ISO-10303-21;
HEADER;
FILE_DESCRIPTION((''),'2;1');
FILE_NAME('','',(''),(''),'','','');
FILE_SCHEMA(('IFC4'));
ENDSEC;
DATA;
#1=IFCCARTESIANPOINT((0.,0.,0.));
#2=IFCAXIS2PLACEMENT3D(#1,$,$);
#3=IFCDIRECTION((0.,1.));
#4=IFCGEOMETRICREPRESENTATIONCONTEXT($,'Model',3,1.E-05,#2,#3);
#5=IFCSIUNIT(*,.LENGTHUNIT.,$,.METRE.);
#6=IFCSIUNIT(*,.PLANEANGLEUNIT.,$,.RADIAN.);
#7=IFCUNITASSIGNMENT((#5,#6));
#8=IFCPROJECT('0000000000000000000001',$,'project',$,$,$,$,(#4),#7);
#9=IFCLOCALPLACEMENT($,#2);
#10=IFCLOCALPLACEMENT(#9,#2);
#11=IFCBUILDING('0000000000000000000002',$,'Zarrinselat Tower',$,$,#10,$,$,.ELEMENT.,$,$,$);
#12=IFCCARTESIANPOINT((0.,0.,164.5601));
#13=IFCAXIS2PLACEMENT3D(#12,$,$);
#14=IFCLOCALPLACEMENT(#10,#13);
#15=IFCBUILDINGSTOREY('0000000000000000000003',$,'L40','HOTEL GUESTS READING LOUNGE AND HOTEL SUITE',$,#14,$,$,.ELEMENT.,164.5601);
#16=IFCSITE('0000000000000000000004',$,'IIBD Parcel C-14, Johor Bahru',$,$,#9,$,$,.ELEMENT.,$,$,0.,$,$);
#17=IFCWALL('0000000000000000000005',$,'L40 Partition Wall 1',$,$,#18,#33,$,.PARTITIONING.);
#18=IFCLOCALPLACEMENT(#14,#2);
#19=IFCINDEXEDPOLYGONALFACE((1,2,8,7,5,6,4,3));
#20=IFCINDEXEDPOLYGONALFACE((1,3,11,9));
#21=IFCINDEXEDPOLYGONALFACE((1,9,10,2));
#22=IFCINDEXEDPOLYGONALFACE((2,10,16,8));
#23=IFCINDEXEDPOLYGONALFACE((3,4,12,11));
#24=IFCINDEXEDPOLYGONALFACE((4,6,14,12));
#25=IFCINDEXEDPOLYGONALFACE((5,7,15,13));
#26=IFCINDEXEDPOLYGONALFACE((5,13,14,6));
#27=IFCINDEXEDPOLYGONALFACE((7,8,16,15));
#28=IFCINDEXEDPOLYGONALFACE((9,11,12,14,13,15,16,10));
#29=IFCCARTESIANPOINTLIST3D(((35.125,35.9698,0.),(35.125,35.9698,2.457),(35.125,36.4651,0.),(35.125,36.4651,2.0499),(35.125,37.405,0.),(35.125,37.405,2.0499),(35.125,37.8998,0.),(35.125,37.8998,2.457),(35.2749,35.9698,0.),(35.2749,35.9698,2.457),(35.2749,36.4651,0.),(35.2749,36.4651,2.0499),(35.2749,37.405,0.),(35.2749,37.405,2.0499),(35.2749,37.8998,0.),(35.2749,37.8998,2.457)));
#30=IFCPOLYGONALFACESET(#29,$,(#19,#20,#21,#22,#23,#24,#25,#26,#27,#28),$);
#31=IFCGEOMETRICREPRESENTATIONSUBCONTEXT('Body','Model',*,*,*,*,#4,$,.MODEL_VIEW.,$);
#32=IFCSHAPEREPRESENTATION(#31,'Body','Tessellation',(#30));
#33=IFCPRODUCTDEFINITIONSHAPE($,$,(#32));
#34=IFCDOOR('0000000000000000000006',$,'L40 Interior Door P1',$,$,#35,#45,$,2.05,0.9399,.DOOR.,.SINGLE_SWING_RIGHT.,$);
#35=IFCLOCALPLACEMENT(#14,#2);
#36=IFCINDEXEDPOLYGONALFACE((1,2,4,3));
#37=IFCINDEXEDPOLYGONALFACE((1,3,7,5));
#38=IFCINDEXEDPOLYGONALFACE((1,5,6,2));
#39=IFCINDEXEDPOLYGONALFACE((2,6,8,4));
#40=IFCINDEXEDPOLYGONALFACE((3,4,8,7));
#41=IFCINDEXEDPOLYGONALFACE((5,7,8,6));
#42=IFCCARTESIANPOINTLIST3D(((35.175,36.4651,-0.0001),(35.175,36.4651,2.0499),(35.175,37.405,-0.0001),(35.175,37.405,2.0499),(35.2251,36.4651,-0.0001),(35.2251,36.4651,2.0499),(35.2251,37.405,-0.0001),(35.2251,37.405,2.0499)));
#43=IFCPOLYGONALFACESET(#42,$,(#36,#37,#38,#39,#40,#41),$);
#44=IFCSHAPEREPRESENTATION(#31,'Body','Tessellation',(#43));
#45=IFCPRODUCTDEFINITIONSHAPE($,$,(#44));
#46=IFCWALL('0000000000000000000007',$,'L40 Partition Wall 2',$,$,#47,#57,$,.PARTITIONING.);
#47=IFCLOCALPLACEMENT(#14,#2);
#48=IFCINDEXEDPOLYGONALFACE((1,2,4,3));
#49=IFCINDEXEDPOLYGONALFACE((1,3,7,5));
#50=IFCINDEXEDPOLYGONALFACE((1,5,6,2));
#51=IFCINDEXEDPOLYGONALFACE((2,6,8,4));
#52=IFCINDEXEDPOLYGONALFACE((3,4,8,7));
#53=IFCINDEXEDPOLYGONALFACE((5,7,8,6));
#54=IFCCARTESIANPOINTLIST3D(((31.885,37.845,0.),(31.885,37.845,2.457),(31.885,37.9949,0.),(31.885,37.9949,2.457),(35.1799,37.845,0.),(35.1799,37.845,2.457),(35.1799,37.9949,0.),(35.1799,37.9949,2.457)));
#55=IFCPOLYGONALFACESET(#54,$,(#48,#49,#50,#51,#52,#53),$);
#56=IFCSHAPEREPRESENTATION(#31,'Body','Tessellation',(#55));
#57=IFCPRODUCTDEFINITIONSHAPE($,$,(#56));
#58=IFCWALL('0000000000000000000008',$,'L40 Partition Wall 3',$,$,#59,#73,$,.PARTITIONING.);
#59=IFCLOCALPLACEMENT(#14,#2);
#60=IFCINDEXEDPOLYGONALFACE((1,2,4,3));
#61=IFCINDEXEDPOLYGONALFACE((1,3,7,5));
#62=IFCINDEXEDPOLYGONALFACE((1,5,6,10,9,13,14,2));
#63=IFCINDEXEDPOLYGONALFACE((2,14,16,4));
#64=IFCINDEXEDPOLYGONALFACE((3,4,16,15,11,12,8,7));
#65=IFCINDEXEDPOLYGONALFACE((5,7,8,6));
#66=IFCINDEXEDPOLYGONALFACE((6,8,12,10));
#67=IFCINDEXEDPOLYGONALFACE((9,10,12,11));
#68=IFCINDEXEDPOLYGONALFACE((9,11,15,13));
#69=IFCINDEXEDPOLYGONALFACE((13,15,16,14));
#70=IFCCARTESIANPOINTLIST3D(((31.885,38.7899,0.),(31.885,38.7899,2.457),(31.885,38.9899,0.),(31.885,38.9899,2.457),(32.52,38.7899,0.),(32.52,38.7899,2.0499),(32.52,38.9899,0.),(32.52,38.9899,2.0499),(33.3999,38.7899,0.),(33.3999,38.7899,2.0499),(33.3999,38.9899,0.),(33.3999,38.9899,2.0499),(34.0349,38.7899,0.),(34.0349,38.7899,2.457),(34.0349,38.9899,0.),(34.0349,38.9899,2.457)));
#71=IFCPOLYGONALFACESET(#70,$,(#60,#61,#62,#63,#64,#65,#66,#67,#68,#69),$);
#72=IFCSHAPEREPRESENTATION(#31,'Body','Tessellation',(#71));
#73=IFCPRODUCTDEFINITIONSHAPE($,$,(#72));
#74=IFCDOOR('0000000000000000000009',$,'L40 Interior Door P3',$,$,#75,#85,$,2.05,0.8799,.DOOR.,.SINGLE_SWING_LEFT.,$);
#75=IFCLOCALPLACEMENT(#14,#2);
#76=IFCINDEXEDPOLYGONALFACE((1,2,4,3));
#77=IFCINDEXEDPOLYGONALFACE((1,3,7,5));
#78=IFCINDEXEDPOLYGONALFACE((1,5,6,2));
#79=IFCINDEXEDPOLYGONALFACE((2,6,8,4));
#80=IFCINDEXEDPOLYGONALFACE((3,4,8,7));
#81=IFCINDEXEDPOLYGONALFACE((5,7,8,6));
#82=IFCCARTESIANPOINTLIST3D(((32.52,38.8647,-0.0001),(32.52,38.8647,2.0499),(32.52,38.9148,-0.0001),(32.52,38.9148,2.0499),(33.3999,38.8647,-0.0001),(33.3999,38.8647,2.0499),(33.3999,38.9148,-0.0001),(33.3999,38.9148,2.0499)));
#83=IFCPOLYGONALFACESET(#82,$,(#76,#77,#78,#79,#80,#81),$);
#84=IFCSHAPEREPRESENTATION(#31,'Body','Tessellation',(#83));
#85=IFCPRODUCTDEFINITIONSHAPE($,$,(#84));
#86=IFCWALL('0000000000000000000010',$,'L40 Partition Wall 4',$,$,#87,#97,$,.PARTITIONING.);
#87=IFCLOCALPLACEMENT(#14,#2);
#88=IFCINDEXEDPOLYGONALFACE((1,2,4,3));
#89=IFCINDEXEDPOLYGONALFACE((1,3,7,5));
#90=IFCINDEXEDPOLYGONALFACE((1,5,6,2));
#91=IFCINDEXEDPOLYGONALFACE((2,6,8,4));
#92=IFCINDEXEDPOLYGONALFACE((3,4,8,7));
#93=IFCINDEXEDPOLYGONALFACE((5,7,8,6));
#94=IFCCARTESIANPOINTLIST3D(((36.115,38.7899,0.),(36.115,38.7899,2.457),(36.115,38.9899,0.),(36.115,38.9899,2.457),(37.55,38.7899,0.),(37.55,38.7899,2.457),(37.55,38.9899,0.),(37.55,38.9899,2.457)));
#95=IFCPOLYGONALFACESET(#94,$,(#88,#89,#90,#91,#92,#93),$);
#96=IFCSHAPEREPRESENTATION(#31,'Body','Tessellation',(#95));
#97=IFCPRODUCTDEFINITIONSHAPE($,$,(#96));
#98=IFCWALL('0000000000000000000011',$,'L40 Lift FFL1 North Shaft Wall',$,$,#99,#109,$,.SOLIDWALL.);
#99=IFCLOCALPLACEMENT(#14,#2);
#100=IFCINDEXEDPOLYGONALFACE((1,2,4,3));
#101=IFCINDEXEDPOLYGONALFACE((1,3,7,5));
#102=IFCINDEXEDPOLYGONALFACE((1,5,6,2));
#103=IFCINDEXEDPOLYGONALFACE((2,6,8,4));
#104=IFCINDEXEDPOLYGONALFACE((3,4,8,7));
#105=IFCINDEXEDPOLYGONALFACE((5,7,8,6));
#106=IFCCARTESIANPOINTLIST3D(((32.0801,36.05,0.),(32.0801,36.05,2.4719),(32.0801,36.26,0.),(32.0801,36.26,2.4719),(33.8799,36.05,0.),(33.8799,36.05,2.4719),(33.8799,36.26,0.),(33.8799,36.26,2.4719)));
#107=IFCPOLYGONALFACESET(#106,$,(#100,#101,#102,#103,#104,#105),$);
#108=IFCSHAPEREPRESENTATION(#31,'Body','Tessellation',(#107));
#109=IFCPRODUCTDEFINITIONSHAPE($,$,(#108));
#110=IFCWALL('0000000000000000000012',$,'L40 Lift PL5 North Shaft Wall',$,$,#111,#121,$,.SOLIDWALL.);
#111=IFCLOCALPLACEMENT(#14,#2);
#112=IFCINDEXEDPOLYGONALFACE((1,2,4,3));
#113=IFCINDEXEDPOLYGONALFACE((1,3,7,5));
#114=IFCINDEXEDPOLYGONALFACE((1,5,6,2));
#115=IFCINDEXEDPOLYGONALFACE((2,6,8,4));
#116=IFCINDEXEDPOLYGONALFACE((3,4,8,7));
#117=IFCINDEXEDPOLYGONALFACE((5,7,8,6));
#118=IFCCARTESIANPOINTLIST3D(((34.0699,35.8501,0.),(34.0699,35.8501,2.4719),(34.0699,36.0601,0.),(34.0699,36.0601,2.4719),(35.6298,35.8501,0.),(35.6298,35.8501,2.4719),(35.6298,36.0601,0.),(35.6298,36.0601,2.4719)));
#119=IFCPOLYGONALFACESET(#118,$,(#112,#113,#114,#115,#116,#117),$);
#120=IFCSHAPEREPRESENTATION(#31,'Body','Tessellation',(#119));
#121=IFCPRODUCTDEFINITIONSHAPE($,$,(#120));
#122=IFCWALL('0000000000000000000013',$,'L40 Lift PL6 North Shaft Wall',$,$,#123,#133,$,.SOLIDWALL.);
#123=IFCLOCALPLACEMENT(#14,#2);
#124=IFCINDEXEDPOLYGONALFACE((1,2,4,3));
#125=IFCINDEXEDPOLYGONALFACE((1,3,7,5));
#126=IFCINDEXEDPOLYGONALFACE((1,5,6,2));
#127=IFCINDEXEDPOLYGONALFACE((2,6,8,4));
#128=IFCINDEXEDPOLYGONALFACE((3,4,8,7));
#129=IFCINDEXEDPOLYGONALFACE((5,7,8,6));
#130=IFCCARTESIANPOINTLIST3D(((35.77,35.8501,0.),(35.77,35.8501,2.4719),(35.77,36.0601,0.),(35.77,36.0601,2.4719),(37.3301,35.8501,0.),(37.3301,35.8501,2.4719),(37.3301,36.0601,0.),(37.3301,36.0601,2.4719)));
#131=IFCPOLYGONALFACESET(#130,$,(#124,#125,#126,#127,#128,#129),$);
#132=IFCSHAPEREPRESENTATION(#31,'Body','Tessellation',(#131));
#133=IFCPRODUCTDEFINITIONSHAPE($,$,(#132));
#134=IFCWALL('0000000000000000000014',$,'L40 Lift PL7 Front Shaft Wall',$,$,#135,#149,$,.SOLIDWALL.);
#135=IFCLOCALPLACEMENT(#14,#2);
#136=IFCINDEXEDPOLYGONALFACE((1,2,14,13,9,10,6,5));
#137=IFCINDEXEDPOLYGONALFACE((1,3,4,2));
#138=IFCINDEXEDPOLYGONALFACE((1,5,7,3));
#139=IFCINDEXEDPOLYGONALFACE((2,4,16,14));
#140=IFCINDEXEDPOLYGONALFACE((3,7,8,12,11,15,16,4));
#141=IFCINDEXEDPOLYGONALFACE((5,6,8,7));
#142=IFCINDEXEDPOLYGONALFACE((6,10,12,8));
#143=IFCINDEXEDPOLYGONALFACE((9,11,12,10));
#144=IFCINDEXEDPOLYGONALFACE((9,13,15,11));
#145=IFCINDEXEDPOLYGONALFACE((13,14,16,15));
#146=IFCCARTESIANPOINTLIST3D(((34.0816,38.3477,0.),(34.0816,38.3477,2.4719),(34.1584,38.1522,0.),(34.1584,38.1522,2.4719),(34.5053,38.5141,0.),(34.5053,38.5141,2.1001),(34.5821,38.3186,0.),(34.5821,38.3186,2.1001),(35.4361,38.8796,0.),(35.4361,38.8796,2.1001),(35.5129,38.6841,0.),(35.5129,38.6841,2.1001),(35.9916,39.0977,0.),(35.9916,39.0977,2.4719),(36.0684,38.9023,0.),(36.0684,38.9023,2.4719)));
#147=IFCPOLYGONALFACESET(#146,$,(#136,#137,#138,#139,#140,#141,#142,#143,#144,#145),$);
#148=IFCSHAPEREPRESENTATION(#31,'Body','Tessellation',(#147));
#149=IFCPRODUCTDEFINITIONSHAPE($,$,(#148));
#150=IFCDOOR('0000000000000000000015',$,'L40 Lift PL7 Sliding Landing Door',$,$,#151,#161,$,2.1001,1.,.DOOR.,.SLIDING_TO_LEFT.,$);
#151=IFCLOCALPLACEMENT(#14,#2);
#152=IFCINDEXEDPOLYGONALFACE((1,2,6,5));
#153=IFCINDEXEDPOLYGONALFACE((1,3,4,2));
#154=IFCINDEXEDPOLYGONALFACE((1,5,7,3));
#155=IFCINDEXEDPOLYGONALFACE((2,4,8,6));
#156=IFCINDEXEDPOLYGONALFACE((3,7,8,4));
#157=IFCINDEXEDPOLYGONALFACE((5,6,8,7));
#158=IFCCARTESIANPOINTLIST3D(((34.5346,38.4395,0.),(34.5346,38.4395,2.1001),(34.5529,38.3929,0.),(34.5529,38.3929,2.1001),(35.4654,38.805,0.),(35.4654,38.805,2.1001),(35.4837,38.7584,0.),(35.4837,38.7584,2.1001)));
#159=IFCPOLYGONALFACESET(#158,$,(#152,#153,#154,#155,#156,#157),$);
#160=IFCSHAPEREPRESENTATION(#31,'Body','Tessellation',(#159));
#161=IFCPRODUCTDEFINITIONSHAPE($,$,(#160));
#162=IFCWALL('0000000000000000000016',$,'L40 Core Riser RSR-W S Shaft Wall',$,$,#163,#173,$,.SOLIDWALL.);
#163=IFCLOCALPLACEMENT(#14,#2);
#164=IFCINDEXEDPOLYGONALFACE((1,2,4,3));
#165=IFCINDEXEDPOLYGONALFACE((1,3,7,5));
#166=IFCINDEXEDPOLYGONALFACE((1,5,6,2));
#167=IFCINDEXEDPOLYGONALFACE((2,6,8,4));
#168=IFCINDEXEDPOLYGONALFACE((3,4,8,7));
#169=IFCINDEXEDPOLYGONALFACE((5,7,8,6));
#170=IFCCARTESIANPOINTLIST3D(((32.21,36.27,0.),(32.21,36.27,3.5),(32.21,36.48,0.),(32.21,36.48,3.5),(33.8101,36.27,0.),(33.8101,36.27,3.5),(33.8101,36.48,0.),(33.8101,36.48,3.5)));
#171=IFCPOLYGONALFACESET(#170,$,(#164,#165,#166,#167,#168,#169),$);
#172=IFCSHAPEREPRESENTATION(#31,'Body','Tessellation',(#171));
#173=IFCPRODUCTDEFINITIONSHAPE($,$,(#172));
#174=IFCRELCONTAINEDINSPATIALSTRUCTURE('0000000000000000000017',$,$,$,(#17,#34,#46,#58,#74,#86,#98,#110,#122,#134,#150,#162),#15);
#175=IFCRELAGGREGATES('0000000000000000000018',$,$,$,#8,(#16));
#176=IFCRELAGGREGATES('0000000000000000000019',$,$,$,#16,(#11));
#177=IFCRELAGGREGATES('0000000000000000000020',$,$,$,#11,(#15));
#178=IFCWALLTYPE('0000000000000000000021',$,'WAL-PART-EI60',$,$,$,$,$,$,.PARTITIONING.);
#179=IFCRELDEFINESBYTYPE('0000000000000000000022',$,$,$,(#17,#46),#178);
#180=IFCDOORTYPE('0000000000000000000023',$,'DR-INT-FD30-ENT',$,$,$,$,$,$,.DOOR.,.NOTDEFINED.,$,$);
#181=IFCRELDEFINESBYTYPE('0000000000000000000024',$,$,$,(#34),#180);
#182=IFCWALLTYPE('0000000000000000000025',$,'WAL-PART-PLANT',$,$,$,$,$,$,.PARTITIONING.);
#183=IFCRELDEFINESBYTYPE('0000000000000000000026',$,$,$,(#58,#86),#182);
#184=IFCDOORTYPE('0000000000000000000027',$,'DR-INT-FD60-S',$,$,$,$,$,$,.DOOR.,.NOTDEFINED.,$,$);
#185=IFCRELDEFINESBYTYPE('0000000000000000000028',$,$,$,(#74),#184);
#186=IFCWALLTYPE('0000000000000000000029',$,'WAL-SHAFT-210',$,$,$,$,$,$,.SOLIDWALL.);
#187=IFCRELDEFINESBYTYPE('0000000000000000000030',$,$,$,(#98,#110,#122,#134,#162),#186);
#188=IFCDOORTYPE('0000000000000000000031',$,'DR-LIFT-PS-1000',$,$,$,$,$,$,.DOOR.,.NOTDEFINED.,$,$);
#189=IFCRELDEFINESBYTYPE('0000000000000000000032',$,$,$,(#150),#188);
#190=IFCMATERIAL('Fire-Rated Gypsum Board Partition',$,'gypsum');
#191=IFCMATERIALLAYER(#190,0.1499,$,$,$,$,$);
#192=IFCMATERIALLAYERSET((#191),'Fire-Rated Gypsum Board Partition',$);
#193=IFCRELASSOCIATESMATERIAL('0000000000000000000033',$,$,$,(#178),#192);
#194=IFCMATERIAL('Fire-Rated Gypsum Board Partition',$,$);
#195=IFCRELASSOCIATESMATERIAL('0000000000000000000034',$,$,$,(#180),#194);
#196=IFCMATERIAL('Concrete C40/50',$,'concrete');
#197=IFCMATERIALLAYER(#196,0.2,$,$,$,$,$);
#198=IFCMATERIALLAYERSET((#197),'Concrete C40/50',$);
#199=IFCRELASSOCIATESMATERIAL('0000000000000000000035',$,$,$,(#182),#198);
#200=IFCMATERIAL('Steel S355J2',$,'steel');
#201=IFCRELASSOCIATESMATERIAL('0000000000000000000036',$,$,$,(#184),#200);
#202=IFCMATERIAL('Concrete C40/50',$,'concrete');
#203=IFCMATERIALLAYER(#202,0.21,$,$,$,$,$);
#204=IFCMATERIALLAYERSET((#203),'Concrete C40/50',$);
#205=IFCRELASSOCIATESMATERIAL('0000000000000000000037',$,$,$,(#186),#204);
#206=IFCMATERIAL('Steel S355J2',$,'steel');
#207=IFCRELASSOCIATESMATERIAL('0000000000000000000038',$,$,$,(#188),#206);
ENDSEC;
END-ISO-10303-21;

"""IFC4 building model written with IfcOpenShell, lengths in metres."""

from ifc_helpers import new_model, si_unit, direction, frame, frame_2d, origin, place, context, subcontext, project, spatial, rectangle, extrude, material, layer, layer_set, type_object, element, fill, save


model = new_model("IFC4")

# Units and contexts
model_context = context("Model", 3, precision=1e-05, world=origin(), true_north=direction((0.0, 1.0)))
body_context = subcontext(model_context, "Body", "Model", "MODEL_VIEW")
ifc_project = project(units=[si_unit("LENGTHUNIT", "METRE"), si_unit("PLANEANGLEUNIT", "RADIAN")], contexts=[model_context])

# Site, building, storey
site_placement = place(None, origin())
site = spatial("IfcSite", under=ifc_project, at=site_placement, Name="IIBD Parcel C-14, Johor Bahru", CompositionType="ELEMENT", RefElevation=0.0)
building_placement = place(site_placement, origin())
building = spatial("IfcBuilding", under=site, at=building_placement, Name="Zarrinselat Tower", CompositionType="ELEMENT")
storey_placement = place(building_placement, frame((0.0, 0.0, 164.5601)))
storey = spatial("IfcBuildingStorey", under=building, at=storey_placement, Name="L40", Description="HOTEL GUESTS READING LOUNGE AND HOTEL SUITE", CompositionType="ELEMENT", Elevation=164.5601)

# Wall, opening, door
ifc_material_1 = material(Name="Fire-Rated Gypsum Board Partition", Category="gypsum")
ifc_layer_1 = layer(ifc_material_1, 0.1499)
ifc_layer_set_1 = layer_set([ifc_layer_1], Name="Fire-Rated Gypsum Board Partition")
wall_type_1 = type_object("IfcWallType", Name="WAL-PART-EI60", PredefinedType="PARTITIONING", material=ifc_layer_set_1)
wall_1_placement = place(storey_placement, frame((35.2, 35.97, 0.0), z_axis=(0.0, 0.0, 1.0), x_axis=(0.0, 1.0, 0.0)))
wall_1 = element("IfcWall", 1, at=wall_1_placement, inside=storey, type_object=wall_type_1, Name="L40 Partition Wall 1", PredefinedType="PARTITIONING", context=body_context, shape_type="SweptSolid", body=[
    extrude(rectangle(XDim=1.9299, YDim=0.1499, at=frame_2d((0.9648, 0.0))), origin(), (0.0, 0.0, 1.0), 2.457),
])
opening_1_placement = place(wall_1_placement, frame((0.4951, 0.0, 0.0)))
opening_1 = element("IfcOpeningElement", 2, at=opening_1_placement, cuts=wall_1, PredefinedType="OPENING", context=body_context, shape_type="SweptSolid", body=[
    extrude(rectangle(XDim=0.9399, YDim=2.05, at=frame_2d((0.47, 1.0249))), frame((0.0, 0.085, 0.0), z_axis=(0.0, -1.0, 0.0), x_axis=(1.0, 0.0, 0.0)), (0.0, 0.0, 1.0), 0.1699),
])
ifc_material_2 = material(Name="Fire-Rated Gypsum Board Partition")
door_type_1 = type_object("IfcDoorType", Name="DR-INT-FD30-ENT", OperationType="NOTDEFINED", PredefinedType="DOOR", material=ifc_material_2)
door_1_placement = place(opening_1_placement, origin())
door_1 = element("IfcDoor", 3, at=door_1_placement, inside=storey, type_object=door_type_1, Name="L40 Interior Door P1", OperationType="SINGLE_SWING_RIGHT", OverallHeight=2.05, OverallWidth=0.9399, PredefinedType="DOOR", context=body_context, shape_type="SweptSolid", body=[
    extrude(rectangle(XDim=0.9399, YDim=2.05, at=frame_2d((0.47, 1.0249))), frame((0.0, 0.0249, 0.0), z_axis=(0.0, -1.0, 0.0), x_axis=(1.0, 0.0, 0.0)), (0.0, 0.0, 1.0), 0.05),
])
fill(opening_1, door_1)

# Wall
wall_2_placement = place(storey_placement, frame((31.885, 37.9199, 0.0), z_axis=(0.0, 0.0, 1.0), x_axis=(1.0, 0.0, 0.0)))
element("IfcWall", 4, at=wall_2_placement, inside=storey, type_object=wall_type_1, Name="L40 Partition Wall 2", PredefinedType="PARTITIONING", context=body_context, shape_type="SweptSolid", body=[
    extrude(rectangle(XDim=3.2949, YDim=0.1499, at=frame_2d((1.6475, 0.0))), origin(), (0.0, 0.0, 1.0), 2.457),
])

# Wall, opening, door
ifc_material_3 = material(Name="Concrete C40/50", Category="concrete")
ifc_layer_2 = layer(ifc_material_3, 0.2)
ifc_layer_set_2 = layer_set([ifc_layer_2], Name="Concrete C40/50")
wall_type_2 = type_object("IfcWallType", Name="WAL-PART-PLANT", PredefinedType="PARTITIONING", material=ifc_layer_set_2)
wall_3_placement = place(storey_placement, frame((31.885, 38.8899, 0.0), z_axis=(0.0, 0.0, 1.0), x_axis=(1.0, 0.0, 0.0)))
wall_3 = element("IfcWall", 5, at=wall_3_placement, inside=storey, type_object=wall_type_2, Name="L40 Partition Wall 3", PredefinedType="PARTITIONING", context=body_context, shape_type="SweptSolid", body=[
    extrude(rectangle(XDim=2.1499, YDim=0.2, at=frame_2d((1.075, 0.0))), origin(), (0.0, 0.0, 1.0), 2.457),
])
opening_2_placement = place(wall_3_placement, frame((0.635, 0.0, 0.0)))
opening_2 = element("IfcOpeningElement", 6, at=opening_2_placement, cuts=wall_3, PredefinedType="OPENING", context=body_context, shape_type="SweptSolid", body=[
    extrude(rectangle(XDim=0.8799, YDim=2.05, at=frame_2d((0.4399, 1.0249))), frame((0.0, 0.1099, 0.0), z_axis=(0.0, -1.0, 0.0), x_axis=(1.0, 0.0, 0.0)), (0.0, 0.0, 1.0), 0.22),
])
ifc_material_4 = material(Name="Steel S355J2", Category="steel")
door_type_2 = type_object("IfcDoorType", Name="DR-INT-FD60-S", OperationType="NOTDEFINED", PredefinedType="DOOR", material=ifc_material_4)
door_2_placement = place(opening_2_placement, origin())
door_2 = element("IfcDoor", 7, at=door_2_placement, inside=storey, type_object=door_type_2, Name="L40 Interior Door P3", OperationType="SINGLE_SWING_LEFT", OverallHeight=2.05, OverallWidth=0.8799, PredefinedType="DOOR", context=body_context, shape_type="SweptSolid", body=[
    extrude(rectangle(XDim=0.8799, YDim=2.05, at=frame_2d((0.4399, 1.0249))), frame((0.0, 0.0249, 0.0), z_axis=(0.0, -1.0, 0.0), x_axis=(1.0, 0.0, 0.0)), (0.0, 0.0, 1.0), 0.05),
])
fill(opening_2, door_2)

# Walls
wall_4_placement = place(storey_placement, frame((36.115, 38.8899, 0.0), z_axis=(0.0, 0.0, 1.0), x_axis=(1.0, 0.0, 0.0)))
element("IfcWall", 8, at=wall_4_placement, inside=storey, type_object=wall_type_2, Name="L40 Partition Wall 4", PredefinedType="PARTITIONING", context=body_context, shape_type="SweptSolid", body=[
    extrude(rectangle(XDim=1.4351, YDim=0.2, at=frame_2d((0.7175, 0.0))), origin(), (0.0, 0.0, 1.0), 2.457),
])
ifc_material_5 = material(Name="Concrete C40/50", Category="concrete")
ifc_layer_3 = layer(ifc_material_5, 0.21)
ifc_layer_set_3 = layer_set([ifc_layer_3], Name="Concrete C40/50")
wall_type_3 = type_object("IfcWallType", Name="WAL-SHAFT-210", PredefinedType="SOLIDWALL", material=ifc_layer_set_3)
wall_5_placement = place(storey_placement, frame((32.0801, 36.155, 0.0), z_axis=(0.0, 0.0, 1.0), x_axis=(1.0, 0.0, 0.0)))
element("IfcWall", 9, at=wall_5_placement, inside=storey, type_object=wall_type_3, Name="L40 Lift FFL1 North Shaft Wall", PredefinedType="SOLIDWALL", context=body_context, shape_type="SweptSolid", body=[
    extrude(rectangle(XDim=1.7998, YDim=0.21, at=frame_2d((0.8999, 0.0))), origin(), (0.0, 0.0, 1.0), 2.4719),
])
wall_6_placement = place(storey_placement, frame((34.0701, 35.9551, 0.0), z_axis=(0.0, 0.0, 1.0), x_axis=(1.0, 0.0, 0.0)))
element("IfcWall", 10, at=wall_6_placement, inside=storey, type_object=wall_type_3, Name="L40 Lift PL5 North Shaft Wall", PredefinedType="SOLIDWALL", context=body_context, shape_type="SweptSolid", body=[
    extrude(rectangle(XDim=1.5598, YDim=0.21, at=frame_2d((0.7798, 0.0))), origin(), (0.0, 0.0, 1.0), 2.4719),
])
wall_7_placement = place(storey_placement, frame((35.77, 35.9551, 0.0), z_axis=(0.0, 0.0, 1.0), x_axis=(1.0, 0.0, 0.0)))
element("IfcWall", 11, at=wall_7_placement, inside=storey, type_object=wall_type_3, Name="L40 Lift PL6 North Shaft Wall", PredefinedType="SOLIDWALL", context=body_context, shape_type="SweptSolid", body=[
    extrude(rectangle(XDim=1.5601, YDim=0.21, at=frame_2d((0.78, 0.0))), origin(), (0.0, 0.0, 1.0), 2.4719),
])

# Wall, opening, door
wall_8_placement = place(storey_placement, frame((34.1201, 38.25, 0.0), z_axis=(0.0, 0.0, 1.0), x_axis=(0.930805, 0.365516, 0.0)))
wall_8 = element("IfcWall", 12, at=wall_8_placement, inside=storey, type_object=wall_type_3, Name="L40 Lift PL7 Front Shaft Wall", PredefinedType="SOLIDWALL", context=body_context, shape_type="SweptSolid", body=[
    extrude(rectangle(XDim=2.052, YDim=0.21, at=frame_2d((1.0259, 0.0))), origin(), (0.0, 0.0, 1.0), 2.4719),
])
opening_3_placement = place(wall_8_placement, frame((0.4551, 0.0, 0.0)))
opening_3 = element("IfcOpeningElement", 13, at=opening_3_placement, cuts=wall_8, PredefinedType="OPENING", context=body_context, shape_type="SweptSolid", body=[
    extrude(rectangle(XDim=1.0, YDim=2.1001, at=frame_2d((0.5, 1.05))), frame((0.0, 0.115, 0.0), z_axis=(0.0, -1.0, 0.0), x_axis=(1.0, 0.0, 0.0)), (0.0, 0.0, 1.0), 0.23),
])
ifc_material_6 = material(Name="Steel S355J2", Category="steel")
door_type_3 = type_object("IfcDoorType", Name="DR-LIFT-PS-1000", OperationType="NOTDEFINED", PredefinedType="DOOR", material=ifc_material_6)
door_3_placement = place(opening_3_placement, origin())
door_3 = element("IfcDoor", 14, at=door_3_placement, inside=storey, type_object=door_type_3, Name="L40 Lift PL7 Sliding Landing Door", OperationType="SLIDING_TO_LEFT", OverallHeight=2.1001, OverallWidth=1.0, PredefinedType="DOOR", context=body_context, shape_type="SweptSolid", body=[
    extrude(rectangle(XDim=1.0, YDim=2.1001, at=frame_2d((0.5, 1.05))), frame((0.0, 0.0249, 0.0), z_axis=(0.0, -1.0, 0.0), x_axis=(1.0, 0.0, 0.0)), (0.0, 0.0, 1.0), 0.05),
])
fill(opening_3, door_3)

# Wall
for number, where, z_axis, x_axis, name in (
    (15, (32.21, 36.375, 0.0), (0.0, 0.0, 1.0), (1.0, 0.0, 0.0), "L40 Core Riser RSR-W S Shaft Wall"),
):
    element("IfcWall", number, at=place(storey_placement, frame(where, z_axis=z_axis, x_axis=x_axis)), inside=storey, type_object=wall_type_3, Name=name, PredefinedType="SOLIDWALL", context=body_context, shape_type="SweptSolid", body=[
        extrude(rectangle(XDim=1.6001, YDim=0.21, at=frame_2d((0.8, 0.0))), origin(), (0.0, 0.0, 1.0), 3.5),
    ])

save(model, "model.ifc")
